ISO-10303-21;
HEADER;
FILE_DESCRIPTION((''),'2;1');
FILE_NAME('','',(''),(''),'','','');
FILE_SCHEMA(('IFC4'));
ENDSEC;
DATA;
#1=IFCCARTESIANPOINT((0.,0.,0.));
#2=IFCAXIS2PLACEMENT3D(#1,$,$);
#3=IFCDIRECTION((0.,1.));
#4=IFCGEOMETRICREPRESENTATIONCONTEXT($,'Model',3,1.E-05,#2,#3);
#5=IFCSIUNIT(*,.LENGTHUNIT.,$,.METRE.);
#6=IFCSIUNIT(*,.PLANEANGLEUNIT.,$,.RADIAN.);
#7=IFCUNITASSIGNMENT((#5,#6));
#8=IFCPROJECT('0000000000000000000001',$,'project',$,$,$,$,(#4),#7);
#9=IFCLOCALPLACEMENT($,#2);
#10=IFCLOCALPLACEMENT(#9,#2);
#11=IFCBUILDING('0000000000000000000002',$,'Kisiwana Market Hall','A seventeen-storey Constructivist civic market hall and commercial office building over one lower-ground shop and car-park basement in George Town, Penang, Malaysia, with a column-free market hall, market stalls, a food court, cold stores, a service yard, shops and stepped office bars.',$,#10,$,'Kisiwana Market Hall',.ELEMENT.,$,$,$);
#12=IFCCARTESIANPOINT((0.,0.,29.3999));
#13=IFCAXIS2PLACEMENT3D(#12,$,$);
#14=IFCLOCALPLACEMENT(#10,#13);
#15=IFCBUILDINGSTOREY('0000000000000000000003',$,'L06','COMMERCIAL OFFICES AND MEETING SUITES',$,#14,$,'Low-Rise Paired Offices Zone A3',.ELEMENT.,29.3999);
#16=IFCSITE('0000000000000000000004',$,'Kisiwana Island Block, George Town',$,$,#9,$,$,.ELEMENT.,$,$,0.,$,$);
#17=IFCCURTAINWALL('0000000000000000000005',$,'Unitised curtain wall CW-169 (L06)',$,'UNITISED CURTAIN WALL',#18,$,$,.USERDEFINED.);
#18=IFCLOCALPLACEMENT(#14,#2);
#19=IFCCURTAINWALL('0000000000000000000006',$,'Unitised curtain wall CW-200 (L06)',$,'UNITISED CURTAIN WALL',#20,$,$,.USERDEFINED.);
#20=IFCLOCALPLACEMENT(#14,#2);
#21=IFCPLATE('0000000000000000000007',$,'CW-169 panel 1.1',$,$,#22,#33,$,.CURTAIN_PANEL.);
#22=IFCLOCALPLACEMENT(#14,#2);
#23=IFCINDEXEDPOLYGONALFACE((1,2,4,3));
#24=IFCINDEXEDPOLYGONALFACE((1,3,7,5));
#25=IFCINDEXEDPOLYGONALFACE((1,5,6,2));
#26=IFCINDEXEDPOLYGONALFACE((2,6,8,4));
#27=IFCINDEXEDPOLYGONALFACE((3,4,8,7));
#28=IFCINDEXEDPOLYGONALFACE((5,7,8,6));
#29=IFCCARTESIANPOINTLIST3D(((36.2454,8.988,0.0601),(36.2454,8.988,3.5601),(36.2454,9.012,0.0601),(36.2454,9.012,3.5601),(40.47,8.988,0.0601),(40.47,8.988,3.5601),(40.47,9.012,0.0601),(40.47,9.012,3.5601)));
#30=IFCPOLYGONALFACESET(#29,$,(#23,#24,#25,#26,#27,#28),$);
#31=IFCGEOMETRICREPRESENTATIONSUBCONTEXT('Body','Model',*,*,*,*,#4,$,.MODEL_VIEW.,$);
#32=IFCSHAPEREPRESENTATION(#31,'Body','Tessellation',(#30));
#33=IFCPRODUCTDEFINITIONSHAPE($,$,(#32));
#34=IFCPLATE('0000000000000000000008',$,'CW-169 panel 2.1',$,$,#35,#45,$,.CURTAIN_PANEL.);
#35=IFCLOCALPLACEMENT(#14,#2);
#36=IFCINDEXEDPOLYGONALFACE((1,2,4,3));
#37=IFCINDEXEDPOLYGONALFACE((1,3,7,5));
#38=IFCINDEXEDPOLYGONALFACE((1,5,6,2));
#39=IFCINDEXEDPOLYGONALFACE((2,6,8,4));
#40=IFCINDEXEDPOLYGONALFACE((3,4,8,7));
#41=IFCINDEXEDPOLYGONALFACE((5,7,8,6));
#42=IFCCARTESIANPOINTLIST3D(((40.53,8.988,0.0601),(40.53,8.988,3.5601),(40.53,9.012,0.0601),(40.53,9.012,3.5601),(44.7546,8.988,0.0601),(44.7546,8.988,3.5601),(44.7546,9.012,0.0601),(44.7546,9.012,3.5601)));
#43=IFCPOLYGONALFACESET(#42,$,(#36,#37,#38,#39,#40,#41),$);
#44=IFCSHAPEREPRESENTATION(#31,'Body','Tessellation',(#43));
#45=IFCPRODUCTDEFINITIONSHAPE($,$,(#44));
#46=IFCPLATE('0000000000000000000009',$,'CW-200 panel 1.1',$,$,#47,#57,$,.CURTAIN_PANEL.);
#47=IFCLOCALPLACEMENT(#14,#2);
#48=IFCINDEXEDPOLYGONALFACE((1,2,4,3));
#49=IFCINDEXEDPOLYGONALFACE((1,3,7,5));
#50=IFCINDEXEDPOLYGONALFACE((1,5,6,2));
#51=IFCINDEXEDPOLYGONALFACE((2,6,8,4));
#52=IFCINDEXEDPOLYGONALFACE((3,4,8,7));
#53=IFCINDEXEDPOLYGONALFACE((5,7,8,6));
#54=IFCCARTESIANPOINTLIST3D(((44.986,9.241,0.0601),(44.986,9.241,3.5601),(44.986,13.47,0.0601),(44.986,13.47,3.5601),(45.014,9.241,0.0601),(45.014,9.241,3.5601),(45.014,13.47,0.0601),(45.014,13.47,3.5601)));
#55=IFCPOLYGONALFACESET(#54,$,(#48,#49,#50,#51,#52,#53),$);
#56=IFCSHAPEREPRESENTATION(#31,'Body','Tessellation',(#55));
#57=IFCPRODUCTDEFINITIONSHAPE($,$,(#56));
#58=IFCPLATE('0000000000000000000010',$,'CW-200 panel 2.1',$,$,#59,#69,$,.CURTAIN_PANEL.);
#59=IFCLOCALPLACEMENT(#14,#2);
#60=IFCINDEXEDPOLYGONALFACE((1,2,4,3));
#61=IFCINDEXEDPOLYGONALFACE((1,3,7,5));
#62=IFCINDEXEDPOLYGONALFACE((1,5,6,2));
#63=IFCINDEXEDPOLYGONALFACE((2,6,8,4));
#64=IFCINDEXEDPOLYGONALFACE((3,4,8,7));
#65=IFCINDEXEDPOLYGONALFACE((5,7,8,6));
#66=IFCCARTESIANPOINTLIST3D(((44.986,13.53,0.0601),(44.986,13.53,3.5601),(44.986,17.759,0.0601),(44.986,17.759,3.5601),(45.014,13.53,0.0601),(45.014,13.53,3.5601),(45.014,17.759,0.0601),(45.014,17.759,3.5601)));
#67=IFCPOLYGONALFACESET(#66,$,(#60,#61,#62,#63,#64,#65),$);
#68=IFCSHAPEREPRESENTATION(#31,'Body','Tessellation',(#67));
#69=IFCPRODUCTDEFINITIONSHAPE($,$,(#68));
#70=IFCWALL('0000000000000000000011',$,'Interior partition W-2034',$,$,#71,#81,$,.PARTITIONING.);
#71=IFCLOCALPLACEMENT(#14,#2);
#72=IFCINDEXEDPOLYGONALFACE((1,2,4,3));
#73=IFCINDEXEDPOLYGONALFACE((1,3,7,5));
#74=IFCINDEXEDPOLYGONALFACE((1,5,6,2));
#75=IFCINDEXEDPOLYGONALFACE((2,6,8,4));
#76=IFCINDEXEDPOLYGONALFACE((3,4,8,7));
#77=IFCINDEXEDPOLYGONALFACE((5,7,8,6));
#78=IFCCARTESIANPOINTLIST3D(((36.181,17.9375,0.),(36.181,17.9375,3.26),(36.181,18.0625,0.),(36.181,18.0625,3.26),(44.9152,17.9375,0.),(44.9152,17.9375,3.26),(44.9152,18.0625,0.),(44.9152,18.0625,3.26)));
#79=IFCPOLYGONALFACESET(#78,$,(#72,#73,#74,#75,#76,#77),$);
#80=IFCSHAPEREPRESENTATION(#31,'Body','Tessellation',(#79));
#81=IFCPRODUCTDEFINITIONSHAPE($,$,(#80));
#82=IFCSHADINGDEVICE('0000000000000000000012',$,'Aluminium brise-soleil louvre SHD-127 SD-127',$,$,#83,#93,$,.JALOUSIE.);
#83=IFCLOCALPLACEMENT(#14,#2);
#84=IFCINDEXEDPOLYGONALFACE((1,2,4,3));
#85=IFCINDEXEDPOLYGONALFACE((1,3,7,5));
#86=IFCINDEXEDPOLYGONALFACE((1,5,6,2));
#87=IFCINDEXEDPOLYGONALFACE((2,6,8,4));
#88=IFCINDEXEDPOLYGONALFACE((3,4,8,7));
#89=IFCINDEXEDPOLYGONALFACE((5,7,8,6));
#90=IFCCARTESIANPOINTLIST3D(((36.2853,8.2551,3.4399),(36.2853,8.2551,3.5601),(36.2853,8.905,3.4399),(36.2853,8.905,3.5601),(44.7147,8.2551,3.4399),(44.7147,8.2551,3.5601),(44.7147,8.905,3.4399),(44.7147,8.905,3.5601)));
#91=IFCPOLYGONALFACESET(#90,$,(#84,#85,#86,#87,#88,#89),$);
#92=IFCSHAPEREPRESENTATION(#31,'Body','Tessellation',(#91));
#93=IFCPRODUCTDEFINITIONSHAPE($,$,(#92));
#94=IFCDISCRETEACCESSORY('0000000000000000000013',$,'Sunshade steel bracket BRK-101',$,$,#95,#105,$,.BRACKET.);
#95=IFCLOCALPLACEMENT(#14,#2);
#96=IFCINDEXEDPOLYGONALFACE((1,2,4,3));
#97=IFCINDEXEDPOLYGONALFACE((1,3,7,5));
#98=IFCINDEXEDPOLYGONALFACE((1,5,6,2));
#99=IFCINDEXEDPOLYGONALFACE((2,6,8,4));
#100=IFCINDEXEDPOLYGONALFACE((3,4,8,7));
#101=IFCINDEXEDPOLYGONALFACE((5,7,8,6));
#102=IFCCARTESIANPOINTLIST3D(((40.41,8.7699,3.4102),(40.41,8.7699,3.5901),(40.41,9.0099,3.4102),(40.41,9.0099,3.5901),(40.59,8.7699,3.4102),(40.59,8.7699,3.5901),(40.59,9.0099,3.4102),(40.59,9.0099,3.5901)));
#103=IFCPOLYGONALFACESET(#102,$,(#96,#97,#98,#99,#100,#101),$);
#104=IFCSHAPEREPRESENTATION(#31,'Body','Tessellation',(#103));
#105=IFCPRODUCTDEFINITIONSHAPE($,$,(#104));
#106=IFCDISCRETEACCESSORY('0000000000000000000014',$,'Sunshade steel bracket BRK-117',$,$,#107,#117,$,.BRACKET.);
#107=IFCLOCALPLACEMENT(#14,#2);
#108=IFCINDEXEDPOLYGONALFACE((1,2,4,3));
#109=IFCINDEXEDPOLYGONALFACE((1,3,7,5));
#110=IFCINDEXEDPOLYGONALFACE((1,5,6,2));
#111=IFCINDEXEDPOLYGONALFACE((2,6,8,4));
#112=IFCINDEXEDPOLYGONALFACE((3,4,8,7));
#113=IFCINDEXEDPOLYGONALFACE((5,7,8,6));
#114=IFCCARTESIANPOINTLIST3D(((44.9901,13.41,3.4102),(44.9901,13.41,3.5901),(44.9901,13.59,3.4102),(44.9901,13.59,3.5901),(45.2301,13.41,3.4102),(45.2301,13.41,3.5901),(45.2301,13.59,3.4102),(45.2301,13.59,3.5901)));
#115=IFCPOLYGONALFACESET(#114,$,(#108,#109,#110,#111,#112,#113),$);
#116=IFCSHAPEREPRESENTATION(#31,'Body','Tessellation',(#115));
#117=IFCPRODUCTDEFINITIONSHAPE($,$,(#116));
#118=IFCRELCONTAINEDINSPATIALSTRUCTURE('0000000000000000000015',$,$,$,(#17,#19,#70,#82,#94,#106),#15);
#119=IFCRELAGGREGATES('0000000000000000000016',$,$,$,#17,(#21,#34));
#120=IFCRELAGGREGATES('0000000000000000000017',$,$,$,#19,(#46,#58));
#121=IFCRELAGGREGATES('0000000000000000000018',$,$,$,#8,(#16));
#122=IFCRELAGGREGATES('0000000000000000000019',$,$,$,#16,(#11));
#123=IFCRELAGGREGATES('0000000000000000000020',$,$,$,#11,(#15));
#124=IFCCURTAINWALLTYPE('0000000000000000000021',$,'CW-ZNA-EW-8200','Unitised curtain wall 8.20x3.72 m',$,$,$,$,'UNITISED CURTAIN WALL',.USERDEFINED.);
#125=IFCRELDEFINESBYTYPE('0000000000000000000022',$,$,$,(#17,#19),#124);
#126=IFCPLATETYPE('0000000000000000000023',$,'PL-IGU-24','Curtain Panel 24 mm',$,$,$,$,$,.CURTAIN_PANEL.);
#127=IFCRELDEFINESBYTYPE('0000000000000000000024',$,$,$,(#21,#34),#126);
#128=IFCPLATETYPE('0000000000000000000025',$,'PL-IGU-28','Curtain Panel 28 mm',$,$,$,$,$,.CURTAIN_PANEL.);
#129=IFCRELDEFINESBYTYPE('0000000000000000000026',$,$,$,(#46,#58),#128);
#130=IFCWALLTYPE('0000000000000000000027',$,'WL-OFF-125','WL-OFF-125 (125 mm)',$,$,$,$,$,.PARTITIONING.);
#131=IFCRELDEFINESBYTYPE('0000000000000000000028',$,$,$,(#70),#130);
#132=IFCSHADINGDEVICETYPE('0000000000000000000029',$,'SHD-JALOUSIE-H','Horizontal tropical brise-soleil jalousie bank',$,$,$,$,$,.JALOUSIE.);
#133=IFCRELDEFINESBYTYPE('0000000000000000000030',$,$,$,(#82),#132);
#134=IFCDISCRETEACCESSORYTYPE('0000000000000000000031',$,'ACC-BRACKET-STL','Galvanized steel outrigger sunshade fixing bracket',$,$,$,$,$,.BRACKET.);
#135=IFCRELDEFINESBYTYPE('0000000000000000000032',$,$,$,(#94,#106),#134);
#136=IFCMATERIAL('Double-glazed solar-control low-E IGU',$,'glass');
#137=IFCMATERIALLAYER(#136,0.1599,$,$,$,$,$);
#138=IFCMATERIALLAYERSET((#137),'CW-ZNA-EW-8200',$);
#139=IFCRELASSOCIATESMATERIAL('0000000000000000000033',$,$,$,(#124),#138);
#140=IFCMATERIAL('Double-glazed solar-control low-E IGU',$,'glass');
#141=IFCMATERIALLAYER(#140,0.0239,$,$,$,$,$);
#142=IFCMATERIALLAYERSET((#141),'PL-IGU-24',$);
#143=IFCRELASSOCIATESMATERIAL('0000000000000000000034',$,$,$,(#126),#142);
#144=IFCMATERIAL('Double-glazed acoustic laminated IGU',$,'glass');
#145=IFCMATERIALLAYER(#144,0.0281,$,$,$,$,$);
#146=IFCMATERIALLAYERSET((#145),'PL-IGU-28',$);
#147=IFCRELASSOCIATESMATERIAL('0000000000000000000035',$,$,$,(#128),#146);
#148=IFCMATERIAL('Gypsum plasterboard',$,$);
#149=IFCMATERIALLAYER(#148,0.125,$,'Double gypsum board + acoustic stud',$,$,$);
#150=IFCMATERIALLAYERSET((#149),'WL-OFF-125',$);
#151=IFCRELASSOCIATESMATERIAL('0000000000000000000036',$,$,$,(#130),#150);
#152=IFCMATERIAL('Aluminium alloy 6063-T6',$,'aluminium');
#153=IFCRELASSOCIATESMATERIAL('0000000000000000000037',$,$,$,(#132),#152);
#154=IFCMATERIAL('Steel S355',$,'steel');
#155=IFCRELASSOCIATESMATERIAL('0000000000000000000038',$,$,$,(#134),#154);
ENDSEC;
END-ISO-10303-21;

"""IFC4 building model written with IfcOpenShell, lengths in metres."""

from ifc_helpers import new_model, si_unit, direction, frame, frame_2d, origin, origin_2d, place, context, subcontext, project, spatial, rectangle, extrude, material, layer, layer_set, type_object, element, aggregate, save


model = new_model("IFC4")

# Units and contexts
model_context = context("Model", 3, precision=1e-05, world=origin(), true_north=direction((0.0, 1.0)))
body_context = subcontext(model_context, "Body", "Model", "MODEL_VIEW")
ifc_project = project(units=[si_unit("LENGTHUNIT", "METRE"), si_unit("PLANEANGLEUNIT", "RADIAN")], contexts=[model_context])

# Site, building, storey
site_placement = place(None, origin())
site = spatial("IfcSite", under=ifc_project, at=site_placement, Name="Kisiwana Island Block, George Town", CompositionType="ELEMENT", RefElevation=0.0)
building_placement = place(site_placement, origin())
building = spatial("IfcBuilding", under=site, at=building_placement, Name="Kisiwana Market Hall", Description="A seventeen-storey Constructivist civic market hall and commercial office building over one lower-ground shop and car-park basement in George Town, Penang, Malaysia, with a column-free market hall, market stalls, a food court, cold stores, a service yard, shops and stepped office bars.", LongName="Kisiwana Market Hall", CompositionType="ELEMENT")
storey_placement = place(building_placement, frame((0.0, 0.0, 29.3999)))
storey = spatial("IfcBuildingStorey", under=building, at=storey_placement, Name="L06", Description="COMMERCIAL OFFICES AND MEETING SUITES", LongName="Low-Rise Paired Offices Zone A3", CompositionType="ELEMENT", Elevation=29.3999)

# Curtain wall
ifc_material_1 = material(Name="Double-glazed solar-control low-E IGU", Category="glass")
ifc_layer_1 = layer(ifc_material_1, 0.1599)
ifc_layer_set_1 = layer_set([ifc_layer_1], Name="CW-ZNA-EW-8200")
curtain_wall_type = type_object("IfcCurtainWallType", Name="CW-ZNA-EW-8200", Description="Unitised curtain wall 8.20x3.72 m", ElementType="UNITISED CURTAIN WALL", PredefinedType="USERDEFINED", material=ifc_layer_set_1)
curtain_wall_1_placement = place(storey_placement, origin())
curtain_wall_1 = element("IfcCurtainWall", 1, at=curtain_wall_1_placement, inside=storey, type_object=curtain_wall_type, Name="Unitised curtain wall CW-169 (L06)", ObjectType="UNITISED CURTAIN WALL", PredefinedType="USERDEFINED")

# Curtain wall
curtain_wall_2_placement = place(storey_placement, origin())
curtain_wall_2 = element("IfcCurtainWall", 2, at=curtain_wall_2_placement, inside=storey, type_object=curtain_wall_type, Name="Unitised curtain wall CW-200 (L06)", ObjectType="UNITISED CURTAIN WALL", PredefinedType="USERDEFINED")

# Plates
ifc_material_2 = material(Name="Double-glazed solar-control low-E IGU", Category="glass")
ifc_layer_2 = layer(ifc_material_2, 0.0239)
ifc_layer_set_2 = layer_set([ifc_layer_2], Name="PL-IGU-24")
plate_type_1 = type_object("IfcPlateType", Name="PL-IGU-24", Description="Curtain Panel 24 mm", PredefinedType="CURTAIN_PANEL", material=ifc_layer_set_2)
plate_1_placement = place(storey_placement, frame((38.3577, 9.0, 0.0601), z_axis=(0.0, 0.0, 1.0), x_axis=(1.0, 0.0, 0.0)))
plate_1 = element("IfcPlate", 3, at=plate_1_placement, type_object=plate_type_1, Name="CW-169 panel 1.1", PredefinedType="CURTAIN_PANEL", context=body_context, shape_type="SweptSolid", body=[
    extrude(rectangle(XDim=4.2246, YDim=0.0239, at=origin_2d()), origin(), (0.0, 0.0, 1.0), 3.5),
])
plate_2_placement = place(storey_placement, frame((42.6423, 9.0, 0.0601), z_axis=(0.0, 0.0, 1.0), x_axis=(1.0, 0.0, 0.0)))
plate_2 = element("IfcPlate", 4, at=plate_2_placement, type_object=plate_type_1, Name="CW-169 panel 2.1", PredefinedType="CURTAIN_PANEL", context=body_context, shape_type="SweptSolid", body=[
    extrude(rectangle(XDim=4.2246, YDim=0.0239, at=origin_2d()), origin(), (0.0, 0.0, 1.0), 3.5),
])
aggregate(curtain_wall_1, [plate_1, plate_2])
ifc_material_3 = material(Name="Double-glazed acoustic laminated IGU", Category="glass")
ifc_layer_3 = layer(ifc_material_3, 0.0281)
ifc_layer_set_3 = layer_set([ifc_layer_3], Name="PL-IGU-28")
plate_type_2 = type_object("IfcPlateType", Name="PL-IGU-28", Description="Curtain Panel 28 mm", PredefinedType="CURTAIN_PANEL", material=ifc_layer_set_3)
plate_3_placement = place(storey_placement, frame((45.0, 11.3555, 0.0601), z_axis=(0.0, 0.0, 1.0), x_axis=(0.0, 1.0, 0.0)))
plate_3 = element("IfcPlate", 5, at=plate_3_placement, type_object=plate_type_2, Name="CW-200 panel 1.1", PredefinedType="CURTAIN_PANEL", context=body_context, shape_type="SweptSolid", body=[
    extrude(rectangle(XDim=4.229, YDim=0.0281, at=origin_2d()), origin(), (0.0, 0.0, 1.0), 3.5),
])
plate_4_placement = place(storey_placement, frame((45.0, 15.6445, 0.0601), z_axis=(0.0, 0.0, 1.0), x_axis=(0.0, 1.0, 0.0)))
plate_4 = element("IfcPlate", 6, at=plate_4_placement, type_object=plate_type_2, Name="CW-200 panel 2.1", PredefinedType="CURTAIN_PANEL", context=body_context, shape_type="SweptSolid", body=[
    extrude(rectangle(XDim=4.229, YDim=0.0281, at=origin_2d()), origin(), (0.0, 0.0, 1.0), 3.5),
])
aggregate(curtain_wall_2, [plate_3, plate_4])

# Wall
ifc_material_4 = material(Name="Gypsum plasterboard")
ifc_layer_4 = layer(ifc_material_4, 0.125, Name="Double gypsum board + acoustic stud")
ifc_layer_set_4 = layer_set([ifc_layer_4], Name="WL-OFF-125")
wall_type = type_object("IfcWallType", Name="WL-OFF-125", Description="WL-OFF-125 (125 mm)", PredefinedType="PARTITIONING", material=ifc_layer_set_4)
wall_placement = place(storey_placement, frame((36.1809, 18.0, 0.0), z_axis=(0.0, 0.0, 1.0), x_axis=(1.0, 0.0, 0.0)))
element("IfcWall", 7, at=wall_placement, inside=storey, type_object=wall_type, Name="Interior partition W-2034", PredefinedType="PARTITIONING", context=body_context, shape_type="SweptSolid", body=[
    extrude(rectangle(XDim=8.7341, YDim=0.125, at=frame_2d((4.3672, 0.0))), origin(), (0.0, 0.0, 1.0), 3.26),
])

# Shading device
ifc_material_5 = material(Name="Aluminium alloy 6063-T6", Category="aluminium")
shading_device_type = type_object("IfcShadingDeviceType", Name="SHD-JALOUSIE-H", Description="Horizontal tropical brise-soleil jalousie bank", PredefinedType="JALOUSIE", material=ifc_material_5)
shading_device_placement = place(storey_placement, frame((40.5, 8.5801, 3.4399), z_axis=(0.0, 0.0, 1.0), x_axis=(1.0, 0.0, 0.0)))
element("IfcShadingDevice", 8, at=shading_device_placement, inside=storey, type_object=shading_device_type, Name="Aluminium brise-soleil louvre SHD-127 SD-127", PredefinedType="JALOUSIE", context=body_context, shape_type="SweptSolid", body=[
    extrude(rectangle(XDim=8.4294, YDim=0.6499, at=origin_2d()), origin(), (0.0, 0.0, 1.0), 0.1201),
])

# Discrete accessories
ifc_material_6 = material(Name="Steel S355", Category="steel")
discrete_accessory_type = type_object("IfcDiscreteAccessoryType", Name="ACC-BRACKET-STL", Description="Galvanized steel outrigger sunshade fixing bracket", PredefinedType="BRACKET", material=ifc_material_6)
for number, where, z_axis, x_axis, name in (
    (9, (40.5, 8.8899, 3.4102), (0.0, 0.0, 1.0), (1.0, 0.0, 0.0), "Sunshade steel bracket BRK-101"),
    (10, (45.1101, 13.5, 3.4102), (0.0, 0.0, 1.0), (0.0, 1.0, 0.0), "Sunshade steel bracket BRK-117"),
):
    element("IfcDiscreteAccessory", number, at=place(storey_placement, frame(where, z_axis=z_axis, x_axis=x_axis)), inside=storey, type_object=discrete_accessory_type, Name=name, PredefinedType="BRACKET", context=body_context, shape_type="SweptSolid", body=[
        extrude(rectangle(XDim=0.1799, YDim=0.24, at=origin_2d()), origin(), (0.0, 0.0, 1.0), 0.1799),
    ])

save(model, "model.ifc")
